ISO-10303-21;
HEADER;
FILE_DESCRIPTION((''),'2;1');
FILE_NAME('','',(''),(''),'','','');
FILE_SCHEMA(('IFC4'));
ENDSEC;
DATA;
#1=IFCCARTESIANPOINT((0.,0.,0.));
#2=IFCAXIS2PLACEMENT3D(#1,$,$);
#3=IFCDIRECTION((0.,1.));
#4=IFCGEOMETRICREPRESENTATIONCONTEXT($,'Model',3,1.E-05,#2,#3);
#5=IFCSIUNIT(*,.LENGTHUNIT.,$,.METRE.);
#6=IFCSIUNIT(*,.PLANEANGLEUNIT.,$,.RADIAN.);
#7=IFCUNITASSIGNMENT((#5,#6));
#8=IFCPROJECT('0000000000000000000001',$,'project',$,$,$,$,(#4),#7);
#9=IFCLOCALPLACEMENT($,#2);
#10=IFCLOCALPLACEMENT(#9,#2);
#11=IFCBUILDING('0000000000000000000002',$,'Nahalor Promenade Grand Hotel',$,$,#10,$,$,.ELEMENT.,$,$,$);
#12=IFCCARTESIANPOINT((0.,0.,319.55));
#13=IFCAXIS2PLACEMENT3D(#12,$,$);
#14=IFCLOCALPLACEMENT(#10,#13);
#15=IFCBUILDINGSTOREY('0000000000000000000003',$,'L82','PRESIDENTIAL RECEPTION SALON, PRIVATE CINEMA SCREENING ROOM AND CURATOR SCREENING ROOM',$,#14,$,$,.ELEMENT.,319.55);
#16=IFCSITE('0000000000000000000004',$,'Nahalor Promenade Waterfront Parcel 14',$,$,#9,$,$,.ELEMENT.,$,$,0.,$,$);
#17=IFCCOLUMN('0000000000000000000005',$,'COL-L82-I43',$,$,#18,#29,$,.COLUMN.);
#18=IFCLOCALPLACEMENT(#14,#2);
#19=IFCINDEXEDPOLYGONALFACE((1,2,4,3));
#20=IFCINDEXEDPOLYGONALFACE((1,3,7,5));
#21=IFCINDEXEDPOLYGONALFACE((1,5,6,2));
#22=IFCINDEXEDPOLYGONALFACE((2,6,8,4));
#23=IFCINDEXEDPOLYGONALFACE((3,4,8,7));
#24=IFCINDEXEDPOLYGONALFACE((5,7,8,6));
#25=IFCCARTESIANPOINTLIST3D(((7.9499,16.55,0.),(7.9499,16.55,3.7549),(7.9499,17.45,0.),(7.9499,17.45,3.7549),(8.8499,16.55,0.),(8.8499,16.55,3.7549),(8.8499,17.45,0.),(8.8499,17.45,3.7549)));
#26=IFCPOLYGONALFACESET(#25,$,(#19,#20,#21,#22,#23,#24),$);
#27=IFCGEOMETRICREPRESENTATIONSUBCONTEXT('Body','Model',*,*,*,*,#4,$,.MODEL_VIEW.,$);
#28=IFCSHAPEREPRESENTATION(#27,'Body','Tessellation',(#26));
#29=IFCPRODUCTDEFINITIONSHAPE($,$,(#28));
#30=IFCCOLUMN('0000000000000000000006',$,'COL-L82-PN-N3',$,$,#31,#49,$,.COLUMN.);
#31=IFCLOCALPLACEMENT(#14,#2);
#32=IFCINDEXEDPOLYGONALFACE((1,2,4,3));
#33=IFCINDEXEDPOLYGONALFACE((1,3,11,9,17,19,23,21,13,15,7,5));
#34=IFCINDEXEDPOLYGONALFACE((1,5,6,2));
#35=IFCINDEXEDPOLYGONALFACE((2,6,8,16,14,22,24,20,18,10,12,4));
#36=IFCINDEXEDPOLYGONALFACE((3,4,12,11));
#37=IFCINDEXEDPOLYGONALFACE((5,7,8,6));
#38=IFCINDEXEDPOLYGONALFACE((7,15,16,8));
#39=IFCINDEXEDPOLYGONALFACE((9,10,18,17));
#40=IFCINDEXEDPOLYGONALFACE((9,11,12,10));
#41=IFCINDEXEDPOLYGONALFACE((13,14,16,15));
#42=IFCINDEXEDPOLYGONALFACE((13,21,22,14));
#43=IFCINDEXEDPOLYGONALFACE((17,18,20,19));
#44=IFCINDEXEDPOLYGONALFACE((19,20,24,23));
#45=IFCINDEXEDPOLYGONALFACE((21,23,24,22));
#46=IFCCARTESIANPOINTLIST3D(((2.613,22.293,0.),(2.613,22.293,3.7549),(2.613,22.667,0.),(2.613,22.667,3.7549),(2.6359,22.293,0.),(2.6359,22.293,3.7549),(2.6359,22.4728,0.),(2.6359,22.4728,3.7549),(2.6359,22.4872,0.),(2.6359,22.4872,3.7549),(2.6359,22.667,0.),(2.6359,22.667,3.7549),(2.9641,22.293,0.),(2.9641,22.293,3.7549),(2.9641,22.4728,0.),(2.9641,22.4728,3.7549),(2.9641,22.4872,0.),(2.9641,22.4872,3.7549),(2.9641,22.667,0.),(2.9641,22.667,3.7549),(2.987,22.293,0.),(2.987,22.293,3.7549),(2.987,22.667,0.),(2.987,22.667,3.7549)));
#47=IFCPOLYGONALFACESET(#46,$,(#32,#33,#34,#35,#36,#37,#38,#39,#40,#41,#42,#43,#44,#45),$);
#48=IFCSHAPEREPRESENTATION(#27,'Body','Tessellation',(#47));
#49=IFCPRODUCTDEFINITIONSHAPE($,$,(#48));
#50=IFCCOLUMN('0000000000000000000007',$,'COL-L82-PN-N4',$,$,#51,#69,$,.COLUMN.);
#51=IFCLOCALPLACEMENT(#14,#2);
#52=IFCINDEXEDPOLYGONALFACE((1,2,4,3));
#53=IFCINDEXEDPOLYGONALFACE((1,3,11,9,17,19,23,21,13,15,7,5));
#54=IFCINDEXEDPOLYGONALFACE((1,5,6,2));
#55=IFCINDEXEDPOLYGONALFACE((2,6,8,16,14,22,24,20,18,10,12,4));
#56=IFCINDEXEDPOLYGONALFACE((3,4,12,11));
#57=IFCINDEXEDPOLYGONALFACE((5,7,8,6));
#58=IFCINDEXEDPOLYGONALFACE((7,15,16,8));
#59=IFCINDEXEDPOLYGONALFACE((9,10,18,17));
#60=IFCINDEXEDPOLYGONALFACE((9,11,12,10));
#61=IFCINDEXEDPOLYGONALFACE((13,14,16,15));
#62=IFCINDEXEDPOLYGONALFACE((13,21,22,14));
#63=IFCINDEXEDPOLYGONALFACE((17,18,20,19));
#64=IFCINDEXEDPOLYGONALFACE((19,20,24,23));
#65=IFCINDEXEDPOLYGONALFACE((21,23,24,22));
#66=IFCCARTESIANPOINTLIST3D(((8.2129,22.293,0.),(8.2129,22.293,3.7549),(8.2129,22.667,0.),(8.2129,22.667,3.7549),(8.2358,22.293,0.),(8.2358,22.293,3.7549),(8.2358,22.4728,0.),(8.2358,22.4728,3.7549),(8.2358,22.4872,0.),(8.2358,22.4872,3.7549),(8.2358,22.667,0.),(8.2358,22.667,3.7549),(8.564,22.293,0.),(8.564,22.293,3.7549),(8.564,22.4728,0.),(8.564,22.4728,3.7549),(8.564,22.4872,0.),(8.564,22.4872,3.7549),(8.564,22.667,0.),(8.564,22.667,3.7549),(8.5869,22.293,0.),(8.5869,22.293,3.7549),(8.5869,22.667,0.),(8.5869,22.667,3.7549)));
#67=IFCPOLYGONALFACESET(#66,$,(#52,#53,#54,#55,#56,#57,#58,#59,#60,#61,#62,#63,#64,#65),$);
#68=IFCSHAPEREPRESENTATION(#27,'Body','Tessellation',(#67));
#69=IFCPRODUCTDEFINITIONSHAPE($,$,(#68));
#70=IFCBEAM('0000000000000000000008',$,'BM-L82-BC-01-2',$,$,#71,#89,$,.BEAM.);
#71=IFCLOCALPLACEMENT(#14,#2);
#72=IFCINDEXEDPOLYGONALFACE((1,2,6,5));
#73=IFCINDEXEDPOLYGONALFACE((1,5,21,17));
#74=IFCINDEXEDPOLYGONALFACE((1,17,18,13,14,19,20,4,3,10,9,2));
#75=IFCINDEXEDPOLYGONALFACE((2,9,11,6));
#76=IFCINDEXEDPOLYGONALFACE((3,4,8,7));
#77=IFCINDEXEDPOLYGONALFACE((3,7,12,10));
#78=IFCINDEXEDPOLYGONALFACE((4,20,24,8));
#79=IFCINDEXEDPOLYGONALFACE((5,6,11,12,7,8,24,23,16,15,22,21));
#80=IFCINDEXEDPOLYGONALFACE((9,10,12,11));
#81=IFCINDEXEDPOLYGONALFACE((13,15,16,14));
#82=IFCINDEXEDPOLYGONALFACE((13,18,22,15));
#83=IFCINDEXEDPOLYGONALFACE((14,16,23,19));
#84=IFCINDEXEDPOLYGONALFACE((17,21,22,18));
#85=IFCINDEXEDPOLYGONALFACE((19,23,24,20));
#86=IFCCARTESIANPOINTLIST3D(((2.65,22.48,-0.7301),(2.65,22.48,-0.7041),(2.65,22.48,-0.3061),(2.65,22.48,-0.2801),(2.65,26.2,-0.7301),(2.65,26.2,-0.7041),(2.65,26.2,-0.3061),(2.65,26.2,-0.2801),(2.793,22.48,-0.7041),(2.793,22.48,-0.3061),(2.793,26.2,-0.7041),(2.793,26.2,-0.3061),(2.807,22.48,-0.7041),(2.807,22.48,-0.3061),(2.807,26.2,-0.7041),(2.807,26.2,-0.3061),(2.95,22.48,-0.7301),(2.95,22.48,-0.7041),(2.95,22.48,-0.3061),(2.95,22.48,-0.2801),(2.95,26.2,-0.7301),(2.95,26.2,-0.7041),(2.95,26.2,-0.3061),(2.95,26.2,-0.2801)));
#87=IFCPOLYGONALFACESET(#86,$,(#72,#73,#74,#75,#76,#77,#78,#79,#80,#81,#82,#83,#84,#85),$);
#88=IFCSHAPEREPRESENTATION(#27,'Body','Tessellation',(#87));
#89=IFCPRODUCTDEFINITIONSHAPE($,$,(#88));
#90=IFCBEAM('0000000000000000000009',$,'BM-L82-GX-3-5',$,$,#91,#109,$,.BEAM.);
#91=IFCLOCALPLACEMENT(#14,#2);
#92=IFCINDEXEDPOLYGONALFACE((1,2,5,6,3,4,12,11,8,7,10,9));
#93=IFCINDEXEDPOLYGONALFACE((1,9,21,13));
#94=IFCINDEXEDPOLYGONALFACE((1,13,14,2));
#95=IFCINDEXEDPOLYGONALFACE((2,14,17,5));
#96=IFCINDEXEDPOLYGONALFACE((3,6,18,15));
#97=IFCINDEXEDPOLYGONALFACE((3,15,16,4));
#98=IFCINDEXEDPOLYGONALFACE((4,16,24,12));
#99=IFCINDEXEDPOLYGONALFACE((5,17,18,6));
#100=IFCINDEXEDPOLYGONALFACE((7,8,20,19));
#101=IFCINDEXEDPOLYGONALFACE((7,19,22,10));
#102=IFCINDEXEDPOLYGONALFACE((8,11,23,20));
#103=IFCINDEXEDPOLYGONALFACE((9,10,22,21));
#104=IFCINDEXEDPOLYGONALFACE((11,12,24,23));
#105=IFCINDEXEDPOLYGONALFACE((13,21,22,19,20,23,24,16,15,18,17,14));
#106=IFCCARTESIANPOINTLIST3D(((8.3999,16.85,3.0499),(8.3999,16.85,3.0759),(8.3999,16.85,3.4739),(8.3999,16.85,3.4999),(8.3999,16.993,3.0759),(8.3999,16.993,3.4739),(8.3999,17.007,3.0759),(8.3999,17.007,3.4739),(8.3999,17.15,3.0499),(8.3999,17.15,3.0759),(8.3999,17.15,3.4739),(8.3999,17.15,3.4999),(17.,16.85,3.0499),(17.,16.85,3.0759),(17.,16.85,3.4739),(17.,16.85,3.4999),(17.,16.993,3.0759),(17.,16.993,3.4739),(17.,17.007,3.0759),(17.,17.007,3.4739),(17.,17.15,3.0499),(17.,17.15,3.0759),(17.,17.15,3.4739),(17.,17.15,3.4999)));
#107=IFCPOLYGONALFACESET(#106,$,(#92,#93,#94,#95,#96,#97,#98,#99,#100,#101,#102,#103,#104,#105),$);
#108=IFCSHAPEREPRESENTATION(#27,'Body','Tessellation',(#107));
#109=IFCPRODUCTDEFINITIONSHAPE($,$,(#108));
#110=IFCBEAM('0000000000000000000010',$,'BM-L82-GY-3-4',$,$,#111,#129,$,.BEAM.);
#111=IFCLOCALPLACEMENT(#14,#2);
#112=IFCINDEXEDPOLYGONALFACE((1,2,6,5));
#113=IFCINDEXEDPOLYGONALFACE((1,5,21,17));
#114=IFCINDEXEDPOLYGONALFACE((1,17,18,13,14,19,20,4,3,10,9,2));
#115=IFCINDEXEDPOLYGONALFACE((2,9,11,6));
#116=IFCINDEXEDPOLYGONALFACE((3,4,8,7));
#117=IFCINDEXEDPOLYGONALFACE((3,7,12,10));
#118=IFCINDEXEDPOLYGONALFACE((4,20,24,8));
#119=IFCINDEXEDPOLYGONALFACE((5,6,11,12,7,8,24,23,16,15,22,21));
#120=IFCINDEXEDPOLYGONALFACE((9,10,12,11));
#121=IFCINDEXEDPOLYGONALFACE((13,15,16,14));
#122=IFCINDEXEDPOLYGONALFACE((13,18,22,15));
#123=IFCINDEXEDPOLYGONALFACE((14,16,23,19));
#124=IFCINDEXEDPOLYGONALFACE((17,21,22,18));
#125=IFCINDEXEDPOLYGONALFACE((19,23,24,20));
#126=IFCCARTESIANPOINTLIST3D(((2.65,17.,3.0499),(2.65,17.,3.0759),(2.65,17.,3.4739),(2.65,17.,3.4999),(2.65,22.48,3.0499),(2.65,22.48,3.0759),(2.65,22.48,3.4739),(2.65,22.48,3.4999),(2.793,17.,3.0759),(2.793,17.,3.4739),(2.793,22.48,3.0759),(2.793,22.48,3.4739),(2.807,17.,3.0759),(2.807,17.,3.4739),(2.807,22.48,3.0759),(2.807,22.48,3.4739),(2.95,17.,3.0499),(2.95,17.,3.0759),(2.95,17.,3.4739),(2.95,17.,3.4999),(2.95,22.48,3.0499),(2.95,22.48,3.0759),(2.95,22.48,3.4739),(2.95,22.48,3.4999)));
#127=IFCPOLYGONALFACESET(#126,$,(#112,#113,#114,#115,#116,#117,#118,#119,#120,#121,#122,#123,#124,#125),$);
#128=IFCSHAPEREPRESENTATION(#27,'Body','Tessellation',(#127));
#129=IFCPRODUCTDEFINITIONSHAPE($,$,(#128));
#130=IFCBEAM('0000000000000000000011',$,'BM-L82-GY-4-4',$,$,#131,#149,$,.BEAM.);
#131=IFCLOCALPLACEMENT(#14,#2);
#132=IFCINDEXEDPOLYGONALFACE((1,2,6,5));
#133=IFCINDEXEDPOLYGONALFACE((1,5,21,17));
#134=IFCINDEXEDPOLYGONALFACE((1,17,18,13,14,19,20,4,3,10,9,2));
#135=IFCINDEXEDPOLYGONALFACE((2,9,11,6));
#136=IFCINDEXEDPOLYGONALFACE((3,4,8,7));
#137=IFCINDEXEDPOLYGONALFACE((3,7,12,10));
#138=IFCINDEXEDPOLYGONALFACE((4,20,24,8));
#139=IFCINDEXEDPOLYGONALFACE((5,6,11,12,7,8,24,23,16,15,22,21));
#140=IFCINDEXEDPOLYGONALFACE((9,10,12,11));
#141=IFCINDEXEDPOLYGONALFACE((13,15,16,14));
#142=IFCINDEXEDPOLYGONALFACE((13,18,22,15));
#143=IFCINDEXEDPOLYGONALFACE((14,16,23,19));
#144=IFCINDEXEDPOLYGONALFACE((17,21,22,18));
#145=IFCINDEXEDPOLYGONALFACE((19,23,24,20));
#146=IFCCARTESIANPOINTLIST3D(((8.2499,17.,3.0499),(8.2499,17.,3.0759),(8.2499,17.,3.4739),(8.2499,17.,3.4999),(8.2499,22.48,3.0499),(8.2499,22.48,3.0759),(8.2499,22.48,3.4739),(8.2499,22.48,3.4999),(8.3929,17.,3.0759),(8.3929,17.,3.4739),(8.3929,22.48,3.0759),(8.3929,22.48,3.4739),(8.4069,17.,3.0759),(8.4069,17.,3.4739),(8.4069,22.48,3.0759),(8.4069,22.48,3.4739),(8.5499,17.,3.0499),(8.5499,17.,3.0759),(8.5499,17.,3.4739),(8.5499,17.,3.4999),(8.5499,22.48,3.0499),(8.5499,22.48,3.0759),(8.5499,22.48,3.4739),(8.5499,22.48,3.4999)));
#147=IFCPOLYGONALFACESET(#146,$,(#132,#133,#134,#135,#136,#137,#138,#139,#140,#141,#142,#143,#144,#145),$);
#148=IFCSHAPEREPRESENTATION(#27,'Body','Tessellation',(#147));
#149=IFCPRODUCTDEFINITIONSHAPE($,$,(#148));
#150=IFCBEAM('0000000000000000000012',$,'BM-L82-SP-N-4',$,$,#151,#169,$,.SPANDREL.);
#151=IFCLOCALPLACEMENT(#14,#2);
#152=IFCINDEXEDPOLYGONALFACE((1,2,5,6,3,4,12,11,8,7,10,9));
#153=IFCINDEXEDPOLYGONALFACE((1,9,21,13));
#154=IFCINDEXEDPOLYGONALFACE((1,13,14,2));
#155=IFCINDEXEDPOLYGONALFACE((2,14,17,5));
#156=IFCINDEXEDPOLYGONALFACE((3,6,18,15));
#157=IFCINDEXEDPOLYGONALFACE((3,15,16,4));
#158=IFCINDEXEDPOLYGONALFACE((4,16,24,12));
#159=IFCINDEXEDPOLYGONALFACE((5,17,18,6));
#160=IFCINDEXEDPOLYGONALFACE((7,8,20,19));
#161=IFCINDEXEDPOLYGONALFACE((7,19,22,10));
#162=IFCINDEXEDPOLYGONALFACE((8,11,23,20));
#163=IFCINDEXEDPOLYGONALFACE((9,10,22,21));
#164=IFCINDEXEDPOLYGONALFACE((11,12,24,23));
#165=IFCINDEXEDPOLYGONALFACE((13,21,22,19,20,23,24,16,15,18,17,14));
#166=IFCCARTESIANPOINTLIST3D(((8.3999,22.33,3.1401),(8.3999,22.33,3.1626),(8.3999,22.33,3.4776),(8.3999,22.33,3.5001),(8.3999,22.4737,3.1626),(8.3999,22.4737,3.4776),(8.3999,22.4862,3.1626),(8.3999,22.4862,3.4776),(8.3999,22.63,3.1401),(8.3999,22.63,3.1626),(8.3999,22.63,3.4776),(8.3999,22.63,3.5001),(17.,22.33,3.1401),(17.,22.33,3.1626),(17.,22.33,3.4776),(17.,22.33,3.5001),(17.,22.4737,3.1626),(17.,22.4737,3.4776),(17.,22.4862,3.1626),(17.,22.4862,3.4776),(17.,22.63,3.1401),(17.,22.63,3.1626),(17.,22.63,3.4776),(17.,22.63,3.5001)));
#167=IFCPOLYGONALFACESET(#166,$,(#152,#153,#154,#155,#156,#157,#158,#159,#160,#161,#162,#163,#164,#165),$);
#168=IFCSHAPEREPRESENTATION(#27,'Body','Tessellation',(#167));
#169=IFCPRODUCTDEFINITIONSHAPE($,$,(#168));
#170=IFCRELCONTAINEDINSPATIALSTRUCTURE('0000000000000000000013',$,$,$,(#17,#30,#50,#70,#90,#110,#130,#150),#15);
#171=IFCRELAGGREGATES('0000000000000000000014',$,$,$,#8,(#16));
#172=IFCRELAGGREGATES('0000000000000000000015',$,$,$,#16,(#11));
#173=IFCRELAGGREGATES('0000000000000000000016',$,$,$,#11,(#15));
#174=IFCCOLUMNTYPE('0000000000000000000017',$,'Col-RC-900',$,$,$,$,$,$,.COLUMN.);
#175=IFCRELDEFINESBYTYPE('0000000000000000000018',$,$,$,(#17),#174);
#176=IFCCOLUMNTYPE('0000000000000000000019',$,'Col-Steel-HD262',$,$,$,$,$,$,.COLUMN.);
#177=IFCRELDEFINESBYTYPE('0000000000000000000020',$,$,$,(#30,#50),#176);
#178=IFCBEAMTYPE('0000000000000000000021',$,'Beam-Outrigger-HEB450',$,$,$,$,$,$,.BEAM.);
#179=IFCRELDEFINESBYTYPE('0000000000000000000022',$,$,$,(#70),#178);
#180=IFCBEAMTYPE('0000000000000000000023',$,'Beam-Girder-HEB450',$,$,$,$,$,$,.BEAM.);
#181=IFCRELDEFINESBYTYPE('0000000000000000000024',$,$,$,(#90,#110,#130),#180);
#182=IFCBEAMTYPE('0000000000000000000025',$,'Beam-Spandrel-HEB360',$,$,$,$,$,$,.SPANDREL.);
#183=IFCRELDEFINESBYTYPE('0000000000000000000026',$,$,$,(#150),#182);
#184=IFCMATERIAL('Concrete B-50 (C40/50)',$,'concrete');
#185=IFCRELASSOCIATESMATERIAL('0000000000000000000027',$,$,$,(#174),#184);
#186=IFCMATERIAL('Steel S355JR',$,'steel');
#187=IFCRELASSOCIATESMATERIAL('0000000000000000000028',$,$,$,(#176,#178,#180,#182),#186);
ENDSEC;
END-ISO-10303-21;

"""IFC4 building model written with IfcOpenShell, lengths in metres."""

from ifc_helpers import new_model, si_unit, direction, frame, origin, origin_2d, place, context, subcontext, project, spatial, rectangle, i_section, extrude, source, transform, mapped, material, material_profile, profile_set, type_object, element, save


model = new_model("IFC4")

# Units and contexts
model_context = context("Model", 3, precision=1e-05, world=origin(), true_north=direction((0.0, 1.0)))
body_context = subcontext(model_context, "Body", "Model", "MODEL_VIEW")
ifc_project = project(units=[si_unit("LENGTHUNIT", "METRE"), si_unit("PLANEANGLEUNIT", "RADIAN")], contexts=[model_context])

# Site, building, storey
site_placement = place(None, origin())
site = spatial("IfcSite", under=ifc_project, at=site_placement, Name="Nahalor Promenade Waterfront Parcel 14", CompositionType="ELEMENT", RefElevation=0.0)
building_placement = place(site_placement, origin())
building = spatial("IfcBuilding", under=site, at=building_placement, Name="Nahalor Promenade Grand Hotel", CompositionType="ELEMENT")
storey_placement = place(building_placement, frame((0.0, 0.0, 319.55)))
storey = spatial("IfcBuildingStorey", under=building, at=storey_placement, Name="L82", Description="PRESIDENTIAL RECEPTION SALON, PRIVATE CINEMA SCREENING ROOM AND CURATOR SCREENING ROOM", CompositionType="ELEMENT", Elevation=319.55)

# Columns
ifc_material_1 = material(Name="Concrete B-50 (C40/50)", Category="concrete")
ifc_material_profile_1 = material_profile(ifc_material_1, rectangle(XDim=0.9, YDim=0.9, at=origin_2d()), Name="RC 900x900")
ifc_profile_set_1 = profile_set([ifc_material_profile_1], Name="Concrete B-50 (C40/50)")
column_type_1 = type_object("IfcColumnType", Name="Col-RC-900", PredefinedType="COLUMN", material=ifc_profile_set_1)
shared_shape_1 = source(origin(), body_context, "Body", "SweptSolid", [
    extrude(rectangle(XDim=0.9, YDim=0.9, at=origin_2d()), origin(), (0.0, 0.0, 1.0), 3.7549),
])
column_placement = place(storey_placement, frame((8.3999, 17.0, 0.0), z_axis=(0.0, 0.0, 1.0), x_axis=(1.0, 0.0, 0.0)))
element("IfcColumn", 1, at=column_placement, inside=storey, type_object=column_type_1, Name="COL-L82-I43", PredefinedType="COLUMN", context=body_context, shape_type="MappedRepresentation", body=[
    mapped(shared_shape_1, transform((0.0, 0.0, 0.0), scale=1.0)),
])
ifc_material_2 = material(Name="Steel S355JR", Category="steel")
ifc_material_profile_2 = material_profile(ifc_material_2, i_section(OverallWidth=0.374, OverallDepth=0.374, WebThickness=0.0144, FlangeThickness=0.0229, at=origin_2d()), Name="HD 360x262")
ifc_profile_set_2 = profile_set([ifc_material_profile_2], Name="Steel S355JR")
column_type_2 = type_object("IfcColumnType", Name="Col-Steel-HD262", PredefinedType="COLUMN", material=ifc_profile_set_2)
shared_shape_2 = source(origin(), body_context, "Body", "SweptSolid", [
    extrude(i_section(OverallWidth=0.374, OverallDepth=0.374, WebThickness=0.0144, FlangeThickness=0.0229, at=origin_2d()), origin(), (0.0, 0.0, 1.0), 3.7549),
])
for number, where, z_axis, x_axis, name in (
    (2, (2.8, 22.48, 0.0), (0.0, 0.0, 1.0), (0.0, 1.0, 0.0), "COL-L82-PN-N3"),
    (3, (8.3999, 22.48, 0.0), (0.0, 0.0, 1.0), (0.0, 1.0, 0.0), "COL-L82-PN-N4"),
):
    element("IfcColumn", number, at=place(storey_placement, frame(where, z_axis=z_axis, x_axis=x_axis)), inside=storey, type_object=column_type_2, Name=name, PredefinedType="COLUMN", context=body_context, shape_type="MappedRepresentation", body=[
        mapped(shared_shape_2, transform((0.0, 0.0, 0.0), scale=1.0)),
    ])

# Beams
ifc_material_profile_3 = material_profile(ifc_material_2, i_section(OverallWidth=0.3, OverallDepth=0.45, WebThickness=0.014, FlangeThickness=0.026, at=origin_2d()), Name="HEB 450")
ifc_profile_set_3 = profile_set([ifc_material_profile_3], Name="Steel S355JR")
beam_type_1 = type_object("IfcBeamType", Name="Beam-Outrigger-HEB450", PredefinedType="BEAM", material=ifc_profile_set_3)
shared_shape_3 = source(origin(), body_context, "Body", "SweptSolid", [
    extrude(i_section(OverallWidth=0.3, OverallDepth=0.45, WebThickness=0.014, FlangeThickness=0.026, at=origin_2d()), origin(), (0.0, 0.0, 1.0), 3.72),
])
beam_1_placement = place(storey_placement, frame((2.8, 22.48, -0.5051), z_axis=(0.0, 1.0, 0.0), x_axis=(-1.0, 0.0, 0.0)))
element("IfcBeam", 4, at=beam_1_placement, inside=storey, type_object=beam_type_1, Name="BM-L82-BC-01-2", PredefinedType="BEAM", context=body_context, shape_type="MappedRepresentation", body=[
    mapped(shared_shape_3, transform((0.0, 0.0, 0.0), scale=1.0)),
])
ifc_material_profile_4 = material_profile(ifc_material_2, i_section(OverallWidth=0.3, OverallDepth=0.45, WebThickness=0.014, FlangeThickness=0.026, at=origin_2d()), Name="HEB 450")
ifc_profile_set_4 = profile_set([ifc_material_profile_4], Name="Steel S355JR")
beam_type_2 = type_object("IfcBeamType", Name="Beam-Girder-HEB450", PredefinedType="BEAM", material=ifc_profile_set_4)
shared_shape_4 = source(origin(), body_context, "Body", "SweptSolid", [
    extrude(i_section(OverallWidth=0.3, OverallDepth=0.45, WebThickness=0.014, FlangeThickness=0.026, at=origin_2d()), origin(), (0.0, 0.0, 1.0), 8.6001),
])
beam_2_placement = place(storey_placement, frame((8.3999, 17.0, 3.2749), z_axis=(1.0, 0.0, 0.0), x_axis=(0.0, 1.0, 0.0)))
element("IfcBeam", 5, at=beam_2_placement, inside=storey, type_object=beam_type_2, Name="BM-L82-GX-3-5", PredefinedType="BEAM", context=body_context, shape_type="MappedRepresentation", body=[
    mapped(shared_shape_4, transform((0.0, 0.0, 0.0), scale=1.0)),
])
shared_shape_5 = source(origin(), body_context, "Body", "SweptSolid", [
    extrude(i_section(OverallWidth=0.3, OverallDepth=0.45, WebThickness=0.014, FlangeThickness=0.026, at=origin_2d()), origin(), (0.0, 0.0, 1.0), 5.48),
])
for number, where, z_axis, x_axis, name in (
    (6, (2.8, 17.0, 3.2749), (0.0, 1.0, 0.0), (-1.0, 0.0, 0.0), "BM-L82-GY-3-4"),
    (7, (8.3999, 17.0, 3.2749), (0.0, 1.0, 0.0), (-1.0, 0.0, 0.0), "BM-L82-GY-4-4"),
):
    element("IfcBeam", number, at=place(storey_placement, frame(where, z_axis=z_axis, x_axis=x_axis)), inside=storey, type_object=beam_type_2, Name=name, PredefinedType="BEAM", context=body_context, shape_type="MappedRepresentation", body=[
        mapped(shared_shape_5, transform((0.0, 0.0, 0.0), scale=1.0)),
    ])
ifc_material_profile_5 = material_profile(ifc_material_2, i_section(OverallWidth=0.3, OverallDepth=0.36, WebThickness=0.0125, FlangeThickness=0.0225, at=origin_2d()), Name="HEB 360")
ifc_profile_set_5 = profile_set([ifc_material_profile_5], Name="Steel S355JR")
beam_type_3 = type_object("IfcBeamType", Name="Beam-Spandrel-HEB360", PredefinedType="SPANDREL", material=ifc_profile_set_5)
shared_shape_6 = source(origin(), body_context, "Body", "SweptSolid", [
    extrude(i_section(OverallWidth=0.3, OverallDepth=0.36, WebThickness=0.0125, FlangeThickness=0.0225, at=origin_2d()), origin(), (0.0, 0.0, 1.0), 8.6001),
])
beam_3_placement = place(storey_placement, frame((8.3999, 22.48, 3.3201), z_axis=(1.0, 0.0, 0.0), x_axis=(0.0, 1.0, 0.0)))
element("IfcBeam", 8, at=beam_3_placement, inside=storey, type_object=beam_type_3, Name="BM-L82-SP-N-4", PredefinedType="SPANDREL", context=body_context, shape_type="MappedRepresentation", body=[
    mapped(shared_shape_6, transform((0.0, 0.0, 0.0), scale=1.0)),
])

save(model, "model.ifc")
